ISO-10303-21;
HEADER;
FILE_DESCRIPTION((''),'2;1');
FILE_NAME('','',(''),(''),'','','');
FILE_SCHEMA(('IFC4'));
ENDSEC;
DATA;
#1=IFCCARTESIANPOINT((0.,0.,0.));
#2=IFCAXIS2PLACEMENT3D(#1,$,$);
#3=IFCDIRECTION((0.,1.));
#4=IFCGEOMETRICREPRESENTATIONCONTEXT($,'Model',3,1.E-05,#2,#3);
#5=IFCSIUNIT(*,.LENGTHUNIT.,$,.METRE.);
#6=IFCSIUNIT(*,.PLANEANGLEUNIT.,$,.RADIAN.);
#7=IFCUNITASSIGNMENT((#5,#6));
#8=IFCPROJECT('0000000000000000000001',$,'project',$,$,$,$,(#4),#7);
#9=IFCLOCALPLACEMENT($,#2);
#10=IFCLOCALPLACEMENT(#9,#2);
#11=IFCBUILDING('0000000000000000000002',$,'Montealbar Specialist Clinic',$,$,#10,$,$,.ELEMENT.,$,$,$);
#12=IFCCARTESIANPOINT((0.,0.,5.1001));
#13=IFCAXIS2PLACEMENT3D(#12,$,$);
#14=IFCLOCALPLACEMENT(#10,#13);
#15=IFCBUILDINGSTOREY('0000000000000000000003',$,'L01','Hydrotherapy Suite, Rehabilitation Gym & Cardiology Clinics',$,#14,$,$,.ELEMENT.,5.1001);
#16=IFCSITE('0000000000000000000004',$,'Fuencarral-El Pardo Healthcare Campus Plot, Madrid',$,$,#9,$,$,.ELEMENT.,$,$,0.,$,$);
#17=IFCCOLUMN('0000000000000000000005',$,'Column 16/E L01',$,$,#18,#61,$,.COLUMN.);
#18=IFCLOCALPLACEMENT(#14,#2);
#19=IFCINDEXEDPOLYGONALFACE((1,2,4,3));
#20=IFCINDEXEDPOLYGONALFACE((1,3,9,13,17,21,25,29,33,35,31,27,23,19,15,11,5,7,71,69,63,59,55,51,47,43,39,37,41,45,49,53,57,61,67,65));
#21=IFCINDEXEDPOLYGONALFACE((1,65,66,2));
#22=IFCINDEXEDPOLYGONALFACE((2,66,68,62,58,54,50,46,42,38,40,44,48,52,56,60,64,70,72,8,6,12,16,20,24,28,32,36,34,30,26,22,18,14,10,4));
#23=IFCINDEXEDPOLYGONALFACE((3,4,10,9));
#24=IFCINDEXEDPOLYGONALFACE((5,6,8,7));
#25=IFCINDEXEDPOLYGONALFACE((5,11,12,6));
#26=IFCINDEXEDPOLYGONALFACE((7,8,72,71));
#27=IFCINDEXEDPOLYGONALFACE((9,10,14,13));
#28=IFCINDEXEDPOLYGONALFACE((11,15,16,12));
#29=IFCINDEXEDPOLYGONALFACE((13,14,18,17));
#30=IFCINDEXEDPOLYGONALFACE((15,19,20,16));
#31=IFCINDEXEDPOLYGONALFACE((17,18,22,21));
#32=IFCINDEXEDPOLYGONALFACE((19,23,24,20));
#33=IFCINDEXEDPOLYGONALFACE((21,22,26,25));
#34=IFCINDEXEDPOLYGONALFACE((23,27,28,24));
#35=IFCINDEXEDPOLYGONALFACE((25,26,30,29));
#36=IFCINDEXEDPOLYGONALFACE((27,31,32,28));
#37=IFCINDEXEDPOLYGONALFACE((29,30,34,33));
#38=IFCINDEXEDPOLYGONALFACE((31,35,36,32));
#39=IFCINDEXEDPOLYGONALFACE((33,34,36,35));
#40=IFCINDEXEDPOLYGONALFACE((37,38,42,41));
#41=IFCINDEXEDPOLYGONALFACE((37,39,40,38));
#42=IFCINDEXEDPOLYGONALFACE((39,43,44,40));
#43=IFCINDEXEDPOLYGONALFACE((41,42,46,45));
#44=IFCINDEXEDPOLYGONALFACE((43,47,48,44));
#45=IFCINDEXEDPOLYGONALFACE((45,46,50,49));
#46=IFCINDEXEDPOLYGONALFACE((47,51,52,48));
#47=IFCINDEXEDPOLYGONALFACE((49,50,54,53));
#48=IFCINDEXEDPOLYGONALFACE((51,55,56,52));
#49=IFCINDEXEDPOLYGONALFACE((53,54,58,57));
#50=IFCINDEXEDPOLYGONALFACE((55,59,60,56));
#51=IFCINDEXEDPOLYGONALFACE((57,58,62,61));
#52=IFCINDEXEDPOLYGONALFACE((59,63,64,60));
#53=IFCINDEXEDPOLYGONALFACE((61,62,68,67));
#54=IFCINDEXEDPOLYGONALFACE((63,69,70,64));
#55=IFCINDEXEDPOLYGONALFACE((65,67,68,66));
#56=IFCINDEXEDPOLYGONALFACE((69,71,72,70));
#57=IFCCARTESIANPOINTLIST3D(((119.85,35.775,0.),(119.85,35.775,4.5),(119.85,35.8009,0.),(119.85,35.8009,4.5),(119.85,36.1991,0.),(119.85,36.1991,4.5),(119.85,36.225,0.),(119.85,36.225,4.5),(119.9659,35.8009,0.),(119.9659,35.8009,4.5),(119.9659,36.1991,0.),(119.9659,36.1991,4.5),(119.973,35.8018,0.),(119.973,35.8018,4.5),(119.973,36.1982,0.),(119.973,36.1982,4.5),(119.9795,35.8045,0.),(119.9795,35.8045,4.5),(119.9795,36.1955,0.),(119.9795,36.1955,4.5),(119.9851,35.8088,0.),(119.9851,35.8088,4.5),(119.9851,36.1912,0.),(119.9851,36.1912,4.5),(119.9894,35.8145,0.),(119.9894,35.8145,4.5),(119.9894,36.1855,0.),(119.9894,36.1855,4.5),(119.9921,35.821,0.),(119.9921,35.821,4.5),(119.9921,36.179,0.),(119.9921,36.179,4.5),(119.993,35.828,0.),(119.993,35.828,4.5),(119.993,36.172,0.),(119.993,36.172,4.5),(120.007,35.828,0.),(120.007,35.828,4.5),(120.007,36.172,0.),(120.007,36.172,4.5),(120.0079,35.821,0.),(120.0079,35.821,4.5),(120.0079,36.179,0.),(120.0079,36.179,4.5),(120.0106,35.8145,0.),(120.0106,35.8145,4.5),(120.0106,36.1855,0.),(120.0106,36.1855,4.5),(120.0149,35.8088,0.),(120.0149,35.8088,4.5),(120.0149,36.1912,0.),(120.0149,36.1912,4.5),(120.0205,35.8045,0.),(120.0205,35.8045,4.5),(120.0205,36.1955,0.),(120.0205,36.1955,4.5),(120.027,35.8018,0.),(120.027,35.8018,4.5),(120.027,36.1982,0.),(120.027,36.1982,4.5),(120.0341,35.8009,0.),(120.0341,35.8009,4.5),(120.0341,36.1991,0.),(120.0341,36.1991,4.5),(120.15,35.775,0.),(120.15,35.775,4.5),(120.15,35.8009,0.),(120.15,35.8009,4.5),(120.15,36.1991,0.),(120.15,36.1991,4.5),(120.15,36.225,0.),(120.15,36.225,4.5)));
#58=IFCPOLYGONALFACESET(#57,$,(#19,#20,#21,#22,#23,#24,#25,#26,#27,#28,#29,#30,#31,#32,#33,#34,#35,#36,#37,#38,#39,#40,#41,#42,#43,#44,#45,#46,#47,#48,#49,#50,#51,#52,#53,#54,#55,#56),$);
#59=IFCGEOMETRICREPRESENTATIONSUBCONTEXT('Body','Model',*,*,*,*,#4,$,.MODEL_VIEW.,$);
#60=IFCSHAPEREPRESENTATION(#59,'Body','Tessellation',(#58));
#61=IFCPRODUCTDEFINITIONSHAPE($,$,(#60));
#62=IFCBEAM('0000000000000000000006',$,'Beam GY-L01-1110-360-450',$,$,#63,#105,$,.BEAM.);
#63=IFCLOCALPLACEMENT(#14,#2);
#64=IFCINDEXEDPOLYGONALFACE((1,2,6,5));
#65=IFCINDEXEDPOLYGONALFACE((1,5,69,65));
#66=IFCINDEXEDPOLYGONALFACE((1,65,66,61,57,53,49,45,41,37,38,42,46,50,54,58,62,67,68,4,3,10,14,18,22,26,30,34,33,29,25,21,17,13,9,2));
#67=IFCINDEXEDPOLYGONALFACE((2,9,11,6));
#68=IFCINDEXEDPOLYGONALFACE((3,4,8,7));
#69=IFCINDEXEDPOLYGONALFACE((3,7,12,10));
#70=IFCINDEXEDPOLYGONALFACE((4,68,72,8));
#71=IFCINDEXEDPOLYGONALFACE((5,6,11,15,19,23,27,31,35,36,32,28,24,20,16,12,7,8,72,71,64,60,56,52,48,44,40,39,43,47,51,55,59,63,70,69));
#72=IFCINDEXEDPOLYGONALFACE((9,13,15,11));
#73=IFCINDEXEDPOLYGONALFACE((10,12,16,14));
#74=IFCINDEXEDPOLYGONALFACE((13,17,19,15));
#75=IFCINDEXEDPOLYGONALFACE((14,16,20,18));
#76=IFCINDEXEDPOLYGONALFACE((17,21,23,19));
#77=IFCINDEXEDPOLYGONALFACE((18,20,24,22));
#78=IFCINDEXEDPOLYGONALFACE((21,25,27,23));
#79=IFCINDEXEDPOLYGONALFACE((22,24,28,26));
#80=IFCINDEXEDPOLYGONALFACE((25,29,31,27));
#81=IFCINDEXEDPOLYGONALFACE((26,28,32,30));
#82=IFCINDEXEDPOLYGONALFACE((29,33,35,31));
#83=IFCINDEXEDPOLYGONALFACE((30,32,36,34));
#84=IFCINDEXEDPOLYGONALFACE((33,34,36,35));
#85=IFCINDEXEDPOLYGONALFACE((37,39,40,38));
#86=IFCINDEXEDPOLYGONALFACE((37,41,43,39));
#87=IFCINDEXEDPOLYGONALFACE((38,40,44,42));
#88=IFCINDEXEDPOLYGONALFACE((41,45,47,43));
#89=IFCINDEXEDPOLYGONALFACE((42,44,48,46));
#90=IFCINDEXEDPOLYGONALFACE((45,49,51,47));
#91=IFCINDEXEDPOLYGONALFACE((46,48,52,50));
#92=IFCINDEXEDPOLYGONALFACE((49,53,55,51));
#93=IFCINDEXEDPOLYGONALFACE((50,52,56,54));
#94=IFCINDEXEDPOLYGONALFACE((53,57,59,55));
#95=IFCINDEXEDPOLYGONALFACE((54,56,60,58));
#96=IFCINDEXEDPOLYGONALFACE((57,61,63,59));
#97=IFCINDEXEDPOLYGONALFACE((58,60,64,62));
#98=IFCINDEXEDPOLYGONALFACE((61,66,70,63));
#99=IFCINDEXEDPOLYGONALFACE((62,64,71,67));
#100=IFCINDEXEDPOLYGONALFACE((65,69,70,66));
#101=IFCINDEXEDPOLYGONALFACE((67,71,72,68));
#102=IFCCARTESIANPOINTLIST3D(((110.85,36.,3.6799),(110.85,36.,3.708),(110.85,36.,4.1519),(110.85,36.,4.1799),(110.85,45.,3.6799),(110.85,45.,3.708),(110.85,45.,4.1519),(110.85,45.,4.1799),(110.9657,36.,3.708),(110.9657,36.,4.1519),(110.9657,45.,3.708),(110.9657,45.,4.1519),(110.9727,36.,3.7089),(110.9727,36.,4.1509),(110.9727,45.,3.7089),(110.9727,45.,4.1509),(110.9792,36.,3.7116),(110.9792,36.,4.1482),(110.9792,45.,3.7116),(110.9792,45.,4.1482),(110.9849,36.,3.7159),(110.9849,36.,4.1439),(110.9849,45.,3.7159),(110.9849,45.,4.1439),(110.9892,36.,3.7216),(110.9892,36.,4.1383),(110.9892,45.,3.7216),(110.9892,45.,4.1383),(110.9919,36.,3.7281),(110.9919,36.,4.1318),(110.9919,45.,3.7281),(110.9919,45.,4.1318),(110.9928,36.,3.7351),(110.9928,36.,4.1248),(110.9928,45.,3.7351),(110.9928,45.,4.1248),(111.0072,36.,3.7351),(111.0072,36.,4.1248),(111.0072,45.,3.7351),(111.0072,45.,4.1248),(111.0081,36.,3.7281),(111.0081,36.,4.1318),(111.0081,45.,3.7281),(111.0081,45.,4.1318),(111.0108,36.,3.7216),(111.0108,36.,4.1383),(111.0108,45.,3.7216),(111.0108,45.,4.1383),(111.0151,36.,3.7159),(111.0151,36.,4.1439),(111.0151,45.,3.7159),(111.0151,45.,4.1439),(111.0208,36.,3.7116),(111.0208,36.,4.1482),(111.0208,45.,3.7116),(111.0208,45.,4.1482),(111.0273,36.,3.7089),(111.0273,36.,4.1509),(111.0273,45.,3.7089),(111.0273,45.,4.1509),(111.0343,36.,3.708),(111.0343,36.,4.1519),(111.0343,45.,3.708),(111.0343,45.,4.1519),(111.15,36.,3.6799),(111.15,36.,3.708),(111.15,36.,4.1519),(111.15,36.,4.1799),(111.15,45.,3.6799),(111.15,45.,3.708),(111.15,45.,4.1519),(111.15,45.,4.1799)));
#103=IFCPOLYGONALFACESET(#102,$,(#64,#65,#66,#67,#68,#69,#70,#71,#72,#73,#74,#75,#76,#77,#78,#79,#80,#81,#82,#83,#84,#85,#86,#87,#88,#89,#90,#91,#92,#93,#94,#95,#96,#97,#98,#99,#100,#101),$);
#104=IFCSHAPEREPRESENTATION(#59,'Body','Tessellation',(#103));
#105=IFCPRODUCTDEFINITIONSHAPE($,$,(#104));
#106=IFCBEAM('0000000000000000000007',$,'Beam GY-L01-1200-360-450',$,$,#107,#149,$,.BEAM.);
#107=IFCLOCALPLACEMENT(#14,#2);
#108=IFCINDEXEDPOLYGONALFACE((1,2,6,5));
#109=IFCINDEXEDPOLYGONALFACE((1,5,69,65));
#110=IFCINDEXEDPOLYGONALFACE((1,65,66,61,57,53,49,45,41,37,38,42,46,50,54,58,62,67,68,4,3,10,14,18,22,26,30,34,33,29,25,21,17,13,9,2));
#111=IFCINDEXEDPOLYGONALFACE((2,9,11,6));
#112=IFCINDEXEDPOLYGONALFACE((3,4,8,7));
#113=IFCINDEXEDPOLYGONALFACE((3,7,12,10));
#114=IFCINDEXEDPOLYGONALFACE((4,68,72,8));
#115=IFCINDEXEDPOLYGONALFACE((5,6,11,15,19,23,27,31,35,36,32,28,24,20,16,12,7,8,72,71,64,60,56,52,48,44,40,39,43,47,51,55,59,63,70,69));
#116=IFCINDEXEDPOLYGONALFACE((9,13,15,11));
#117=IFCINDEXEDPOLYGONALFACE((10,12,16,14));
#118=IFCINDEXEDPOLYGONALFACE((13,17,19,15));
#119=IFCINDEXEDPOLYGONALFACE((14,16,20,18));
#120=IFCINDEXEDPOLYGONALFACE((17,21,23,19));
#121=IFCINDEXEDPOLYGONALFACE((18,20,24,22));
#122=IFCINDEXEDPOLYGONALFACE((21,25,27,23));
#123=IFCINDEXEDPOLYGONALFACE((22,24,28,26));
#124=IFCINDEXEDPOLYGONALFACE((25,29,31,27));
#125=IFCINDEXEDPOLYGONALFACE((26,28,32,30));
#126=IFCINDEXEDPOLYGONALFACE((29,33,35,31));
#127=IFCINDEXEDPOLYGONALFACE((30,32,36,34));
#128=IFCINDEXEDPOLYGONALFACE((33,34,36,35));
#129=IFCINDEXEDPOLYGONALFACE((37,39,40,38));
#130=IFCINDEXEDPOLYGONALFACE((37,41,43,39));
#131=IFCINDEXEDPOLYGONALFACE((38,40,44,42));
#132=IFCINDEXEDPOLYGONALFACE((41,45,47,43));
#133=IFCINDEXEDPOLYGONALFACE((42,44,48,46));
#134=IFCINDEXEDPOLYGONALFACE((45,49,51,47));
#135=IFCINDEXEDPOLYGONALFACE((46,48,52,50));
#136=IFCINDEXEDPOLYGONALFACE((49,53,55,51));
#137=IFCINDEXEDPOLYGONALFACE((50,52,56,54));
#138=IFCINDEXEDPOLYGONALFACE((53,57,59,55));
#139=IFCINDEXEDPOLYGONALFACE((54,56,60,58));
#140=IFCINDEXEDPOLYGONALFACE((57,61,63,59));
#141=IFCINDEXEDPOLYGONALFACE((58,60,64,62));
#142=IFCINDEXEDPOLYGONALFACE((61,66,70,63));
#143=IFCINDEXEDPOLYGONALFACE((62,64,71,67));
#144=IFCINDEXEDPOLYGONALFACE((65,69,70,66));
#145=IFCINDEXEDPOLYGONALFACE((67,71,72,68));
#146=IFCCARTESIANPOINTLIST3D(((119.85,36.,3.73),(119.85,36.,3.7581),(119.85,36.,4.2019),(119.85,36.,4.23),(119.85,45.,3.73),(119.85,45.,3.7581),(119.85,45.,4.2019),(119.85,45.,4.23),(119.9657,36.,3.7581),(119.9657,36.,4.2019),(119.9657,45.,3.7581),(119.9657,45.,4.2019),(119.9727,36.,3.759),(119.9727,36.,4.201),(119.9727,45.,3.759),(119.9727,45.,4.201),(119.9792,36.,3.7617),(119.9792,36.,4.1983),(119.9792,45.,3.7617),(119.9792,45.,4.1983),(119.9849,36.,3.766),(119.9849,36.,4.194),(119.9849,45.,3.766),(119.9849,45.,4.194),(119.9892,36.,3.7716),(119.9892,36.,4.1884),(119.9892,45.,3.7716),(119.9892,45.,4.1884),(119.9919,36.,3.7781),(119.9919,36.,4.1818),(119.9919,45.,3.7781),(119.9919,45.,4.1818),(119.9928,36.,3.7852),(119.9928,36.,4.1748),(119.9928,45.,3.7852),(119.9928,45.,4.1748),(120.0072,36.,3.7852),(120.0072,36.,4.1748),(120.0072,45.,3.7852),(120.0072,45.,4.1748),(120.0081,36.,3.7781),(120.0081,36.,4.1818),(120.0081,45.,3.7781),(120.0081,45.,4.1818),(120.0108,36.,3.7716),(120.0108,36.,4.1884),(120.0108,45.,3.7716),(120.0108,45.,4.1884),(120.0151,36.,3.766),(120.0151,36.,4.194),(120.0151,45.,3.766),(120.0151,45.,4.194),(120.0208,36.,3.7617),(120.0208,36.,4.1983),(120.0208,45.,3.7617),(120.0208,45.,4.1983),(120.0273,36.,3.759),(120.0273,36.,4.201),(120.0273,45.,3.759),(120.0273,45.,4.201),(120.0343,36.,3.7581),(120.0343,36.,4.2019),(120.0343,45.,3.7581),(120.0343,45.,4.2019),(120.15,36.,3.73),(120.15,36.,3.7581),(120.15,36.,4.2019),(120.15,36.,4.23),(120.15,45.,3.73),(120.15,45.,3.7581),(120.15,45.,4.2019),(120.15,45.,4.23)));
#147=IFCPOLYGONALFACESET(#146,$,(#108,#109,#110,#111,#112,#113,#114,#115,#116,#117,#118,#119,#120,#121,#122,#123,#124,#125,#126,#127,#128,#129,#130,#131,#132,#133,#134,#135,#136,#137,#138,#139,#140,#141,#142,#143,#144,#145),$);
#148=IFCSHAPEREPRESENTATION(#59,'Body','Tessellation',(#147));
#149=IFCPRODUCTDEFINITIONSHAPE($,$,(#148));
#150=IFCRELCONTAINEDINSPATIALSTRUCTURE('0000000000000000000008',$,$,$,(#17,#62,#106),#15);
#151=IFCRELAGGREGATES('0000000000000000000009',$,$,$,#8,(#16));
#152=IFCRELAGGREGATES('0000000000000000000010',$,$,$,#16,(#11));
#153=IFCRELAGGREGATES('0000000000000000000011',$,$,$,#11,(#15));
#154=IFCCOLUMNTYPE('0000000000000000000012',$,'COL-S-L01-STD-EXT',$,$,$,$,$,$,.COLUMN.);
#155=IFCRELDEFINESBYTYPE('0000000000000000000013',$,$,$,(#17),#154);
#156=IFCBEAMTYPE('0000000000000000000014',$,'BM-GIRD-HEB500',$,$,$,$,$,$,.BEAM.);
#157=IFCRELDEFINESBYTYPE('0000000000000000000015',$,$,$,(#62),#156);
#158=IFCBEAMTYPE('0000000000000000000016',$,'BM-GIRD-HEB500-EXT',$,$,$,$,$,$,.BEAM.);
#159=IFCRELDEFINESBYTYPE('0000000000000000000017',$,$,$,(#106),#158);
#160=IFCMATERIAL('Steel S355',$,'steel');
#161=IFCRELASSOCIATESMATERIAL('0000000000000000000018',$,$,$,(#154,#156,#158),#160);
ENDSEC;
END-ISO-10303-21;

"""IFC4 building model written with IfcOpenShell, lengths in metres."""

from ifc_helpers import new_model, si_unit, direction, frame, origin, origin_2d, place, context, subcontext, project, spatial, i_section, extrude, material, material_profile, profile_set, type_object, element, save


model = new_model("IFC4")

# Units and contexts
model_context = context("Model", 3, precision=1e-05, world=origin(), true_north=direction((0.0, 1.0)))
body_context = subcontext(model_context, "Body", "Model", "MODEL_VIEW")
ifc_project = project(units=[si_unit("LENGTHUNIT", "METRE"), si_unit("PLANEANGLEUNIT", "RADIAN")], contexts=[model_context])

# Site, building, storey
site_placement = place(None, origin())
site = spatial("IfcSite", under=ifc_project, at=site_placement, Name="Fuencarral-El Pardo Healthcare Campus Plot, Madrid", CompositionType="ELEMENT", RefElevation=0.0)
building_placement = place(site_placement, origin())
building = spatial("IfcBuilding", under=site, at=building_placement, Name="Montealbar Specialist Clinic", CompositionType="ELEMENT")
storey_placement = place(building_placement, frame((0.0, 0.0, 5.1001)))
storey = spatial("IfcBuildingStorey", under=building, at=storey_placement, Name="L01", Description="Hydrotherapy Suite, Rehabilitation Gym & Cardiology Clinics", CompositionType="ELEMENT", Elevation=5.1001)

# Column
ifc_material_1 = material(Name="Steel S355", Category="steel")
ifc_material_profile_1 = material_profile(ifc_material_1, i_section(OverallWidth=0.3, OverallDepth=0.45, WebThickness=0.0139, FlangeThickness=0.0259, FilletRadius=0.0271, at=origin_2d()), Name="HEB 450", Category="steel")
ifc_profile_set_1 = profile_set([ifc_material_profile_1], Name="Steel S355")
column_type = type_object("IfcColumnType", Name="COL-S-L01-STD-EXT", PredefinedType="COLUMN", material=ifc_profile_set_1)
column_placement = place(storey_placement, frame((120.0, 36.0, 0.0), z_axis=(0.0, 0.0, 1.0), x_axis=(1.0, 0.0, 0.0)))
element("IfcColumn", 1, at=column_placement, inside=storey, type_object=column_type, Name="Column 16/E L01", PredefinedType="COLUMN", context=body_context, shape_type="SweptSolid", body=[
    extrude(i_section(OverallWidth=0.3, OverallDepth=0.45, WebThickness=0.0139, FlangeThickness=0.0259, FilletRadius=0.0271, at=origin_2d()), origin(), (0.0, 0.0, 1.0), 4.5),
])

# Beams
ifc_material_profile_2 = material_profile(ifc_material_1, i_section(OverallWidth=0.3, OverallDepth=0.5, WebThickness=0.0144, FlangeThickness=0.0281, FilletRadius=0.0271, at=origin_2d()), Name="HEB 500", Category="steel")
ifc_profile_set_2 = profile_set([ifc_material_profile_2], Name="Steel S355")
beam_type_1 = type_object("IfcBeamType", Name="BM-GIRD-HEB500", PredefinedType="BEAM", material=ifc_profile_set_2)
beam_1_placement = place(storey_placement, frame((111.0, 36.0, 3.9299), z_axis=(0.0, 1.0, 0.0), x_axis=(-1.0, 0.0, 0.0)))
element("IfcBeam", 2, at=beam_1_placement, inside=storey, type_object=beam_type_1, Name="Beam GY-L01-1110-360-450", PredefinedType="BEAM", context=body_context, shape_type="SweptSolid", body=[
    extrude(i_section(OverallWidth=0.3, OverallDepth=0.5, WebThickness=0.0144, FlangeThickness=0.0281, FilletRadius=0.0271, at=origin_2d()), origin(), (0.0, 0.0, 1.0), 9.0),
])
ifc_material_profile_3 = material_profile(ifc_material_1, i_section(OverallWidth=0.3, OverallDepth=0.5, WebThickness=0.0144, FlangeThickness=0.0281, FilletRadius=0.0271, at=origin_2d()), Name="HEB 500", Category="steel")
ifc_profile_set_3 = profile_set([ifc_material_profile_3], Name="Steel S355")
beam_type_2 = type_object("IfcBeamType", Name="BM-GIRD-HEB500-EXT", PredefinedType="BEAM", material=ifc_profile_set_3)
beam_2_placement = place(storey_placement, frame((120.0, 36.0, 3.98), z_axis=(0.0, 1.0, 0.0), x_axis=(-1.0, 0.0, 0.0)))
element("IfcBeam", 3, at=beam_2_placement, inside=storey, type_object=beam_type_2, Name="Beam GY-L01-1200-360-450", PredefinedType="BEAM", context=body_context, shape_type="SweptSolid", body=[
    extrude(i_section(OverallWidth=0.3, OverallDepth=0.5, WebThickness=0.0144, FlangeThickness=0.0281, FilletRadius=0.0271, at=origin_2d()), origin(), (0.0, 0.0, 1.0), 9.0),
])

save(model, "model.ifc")
